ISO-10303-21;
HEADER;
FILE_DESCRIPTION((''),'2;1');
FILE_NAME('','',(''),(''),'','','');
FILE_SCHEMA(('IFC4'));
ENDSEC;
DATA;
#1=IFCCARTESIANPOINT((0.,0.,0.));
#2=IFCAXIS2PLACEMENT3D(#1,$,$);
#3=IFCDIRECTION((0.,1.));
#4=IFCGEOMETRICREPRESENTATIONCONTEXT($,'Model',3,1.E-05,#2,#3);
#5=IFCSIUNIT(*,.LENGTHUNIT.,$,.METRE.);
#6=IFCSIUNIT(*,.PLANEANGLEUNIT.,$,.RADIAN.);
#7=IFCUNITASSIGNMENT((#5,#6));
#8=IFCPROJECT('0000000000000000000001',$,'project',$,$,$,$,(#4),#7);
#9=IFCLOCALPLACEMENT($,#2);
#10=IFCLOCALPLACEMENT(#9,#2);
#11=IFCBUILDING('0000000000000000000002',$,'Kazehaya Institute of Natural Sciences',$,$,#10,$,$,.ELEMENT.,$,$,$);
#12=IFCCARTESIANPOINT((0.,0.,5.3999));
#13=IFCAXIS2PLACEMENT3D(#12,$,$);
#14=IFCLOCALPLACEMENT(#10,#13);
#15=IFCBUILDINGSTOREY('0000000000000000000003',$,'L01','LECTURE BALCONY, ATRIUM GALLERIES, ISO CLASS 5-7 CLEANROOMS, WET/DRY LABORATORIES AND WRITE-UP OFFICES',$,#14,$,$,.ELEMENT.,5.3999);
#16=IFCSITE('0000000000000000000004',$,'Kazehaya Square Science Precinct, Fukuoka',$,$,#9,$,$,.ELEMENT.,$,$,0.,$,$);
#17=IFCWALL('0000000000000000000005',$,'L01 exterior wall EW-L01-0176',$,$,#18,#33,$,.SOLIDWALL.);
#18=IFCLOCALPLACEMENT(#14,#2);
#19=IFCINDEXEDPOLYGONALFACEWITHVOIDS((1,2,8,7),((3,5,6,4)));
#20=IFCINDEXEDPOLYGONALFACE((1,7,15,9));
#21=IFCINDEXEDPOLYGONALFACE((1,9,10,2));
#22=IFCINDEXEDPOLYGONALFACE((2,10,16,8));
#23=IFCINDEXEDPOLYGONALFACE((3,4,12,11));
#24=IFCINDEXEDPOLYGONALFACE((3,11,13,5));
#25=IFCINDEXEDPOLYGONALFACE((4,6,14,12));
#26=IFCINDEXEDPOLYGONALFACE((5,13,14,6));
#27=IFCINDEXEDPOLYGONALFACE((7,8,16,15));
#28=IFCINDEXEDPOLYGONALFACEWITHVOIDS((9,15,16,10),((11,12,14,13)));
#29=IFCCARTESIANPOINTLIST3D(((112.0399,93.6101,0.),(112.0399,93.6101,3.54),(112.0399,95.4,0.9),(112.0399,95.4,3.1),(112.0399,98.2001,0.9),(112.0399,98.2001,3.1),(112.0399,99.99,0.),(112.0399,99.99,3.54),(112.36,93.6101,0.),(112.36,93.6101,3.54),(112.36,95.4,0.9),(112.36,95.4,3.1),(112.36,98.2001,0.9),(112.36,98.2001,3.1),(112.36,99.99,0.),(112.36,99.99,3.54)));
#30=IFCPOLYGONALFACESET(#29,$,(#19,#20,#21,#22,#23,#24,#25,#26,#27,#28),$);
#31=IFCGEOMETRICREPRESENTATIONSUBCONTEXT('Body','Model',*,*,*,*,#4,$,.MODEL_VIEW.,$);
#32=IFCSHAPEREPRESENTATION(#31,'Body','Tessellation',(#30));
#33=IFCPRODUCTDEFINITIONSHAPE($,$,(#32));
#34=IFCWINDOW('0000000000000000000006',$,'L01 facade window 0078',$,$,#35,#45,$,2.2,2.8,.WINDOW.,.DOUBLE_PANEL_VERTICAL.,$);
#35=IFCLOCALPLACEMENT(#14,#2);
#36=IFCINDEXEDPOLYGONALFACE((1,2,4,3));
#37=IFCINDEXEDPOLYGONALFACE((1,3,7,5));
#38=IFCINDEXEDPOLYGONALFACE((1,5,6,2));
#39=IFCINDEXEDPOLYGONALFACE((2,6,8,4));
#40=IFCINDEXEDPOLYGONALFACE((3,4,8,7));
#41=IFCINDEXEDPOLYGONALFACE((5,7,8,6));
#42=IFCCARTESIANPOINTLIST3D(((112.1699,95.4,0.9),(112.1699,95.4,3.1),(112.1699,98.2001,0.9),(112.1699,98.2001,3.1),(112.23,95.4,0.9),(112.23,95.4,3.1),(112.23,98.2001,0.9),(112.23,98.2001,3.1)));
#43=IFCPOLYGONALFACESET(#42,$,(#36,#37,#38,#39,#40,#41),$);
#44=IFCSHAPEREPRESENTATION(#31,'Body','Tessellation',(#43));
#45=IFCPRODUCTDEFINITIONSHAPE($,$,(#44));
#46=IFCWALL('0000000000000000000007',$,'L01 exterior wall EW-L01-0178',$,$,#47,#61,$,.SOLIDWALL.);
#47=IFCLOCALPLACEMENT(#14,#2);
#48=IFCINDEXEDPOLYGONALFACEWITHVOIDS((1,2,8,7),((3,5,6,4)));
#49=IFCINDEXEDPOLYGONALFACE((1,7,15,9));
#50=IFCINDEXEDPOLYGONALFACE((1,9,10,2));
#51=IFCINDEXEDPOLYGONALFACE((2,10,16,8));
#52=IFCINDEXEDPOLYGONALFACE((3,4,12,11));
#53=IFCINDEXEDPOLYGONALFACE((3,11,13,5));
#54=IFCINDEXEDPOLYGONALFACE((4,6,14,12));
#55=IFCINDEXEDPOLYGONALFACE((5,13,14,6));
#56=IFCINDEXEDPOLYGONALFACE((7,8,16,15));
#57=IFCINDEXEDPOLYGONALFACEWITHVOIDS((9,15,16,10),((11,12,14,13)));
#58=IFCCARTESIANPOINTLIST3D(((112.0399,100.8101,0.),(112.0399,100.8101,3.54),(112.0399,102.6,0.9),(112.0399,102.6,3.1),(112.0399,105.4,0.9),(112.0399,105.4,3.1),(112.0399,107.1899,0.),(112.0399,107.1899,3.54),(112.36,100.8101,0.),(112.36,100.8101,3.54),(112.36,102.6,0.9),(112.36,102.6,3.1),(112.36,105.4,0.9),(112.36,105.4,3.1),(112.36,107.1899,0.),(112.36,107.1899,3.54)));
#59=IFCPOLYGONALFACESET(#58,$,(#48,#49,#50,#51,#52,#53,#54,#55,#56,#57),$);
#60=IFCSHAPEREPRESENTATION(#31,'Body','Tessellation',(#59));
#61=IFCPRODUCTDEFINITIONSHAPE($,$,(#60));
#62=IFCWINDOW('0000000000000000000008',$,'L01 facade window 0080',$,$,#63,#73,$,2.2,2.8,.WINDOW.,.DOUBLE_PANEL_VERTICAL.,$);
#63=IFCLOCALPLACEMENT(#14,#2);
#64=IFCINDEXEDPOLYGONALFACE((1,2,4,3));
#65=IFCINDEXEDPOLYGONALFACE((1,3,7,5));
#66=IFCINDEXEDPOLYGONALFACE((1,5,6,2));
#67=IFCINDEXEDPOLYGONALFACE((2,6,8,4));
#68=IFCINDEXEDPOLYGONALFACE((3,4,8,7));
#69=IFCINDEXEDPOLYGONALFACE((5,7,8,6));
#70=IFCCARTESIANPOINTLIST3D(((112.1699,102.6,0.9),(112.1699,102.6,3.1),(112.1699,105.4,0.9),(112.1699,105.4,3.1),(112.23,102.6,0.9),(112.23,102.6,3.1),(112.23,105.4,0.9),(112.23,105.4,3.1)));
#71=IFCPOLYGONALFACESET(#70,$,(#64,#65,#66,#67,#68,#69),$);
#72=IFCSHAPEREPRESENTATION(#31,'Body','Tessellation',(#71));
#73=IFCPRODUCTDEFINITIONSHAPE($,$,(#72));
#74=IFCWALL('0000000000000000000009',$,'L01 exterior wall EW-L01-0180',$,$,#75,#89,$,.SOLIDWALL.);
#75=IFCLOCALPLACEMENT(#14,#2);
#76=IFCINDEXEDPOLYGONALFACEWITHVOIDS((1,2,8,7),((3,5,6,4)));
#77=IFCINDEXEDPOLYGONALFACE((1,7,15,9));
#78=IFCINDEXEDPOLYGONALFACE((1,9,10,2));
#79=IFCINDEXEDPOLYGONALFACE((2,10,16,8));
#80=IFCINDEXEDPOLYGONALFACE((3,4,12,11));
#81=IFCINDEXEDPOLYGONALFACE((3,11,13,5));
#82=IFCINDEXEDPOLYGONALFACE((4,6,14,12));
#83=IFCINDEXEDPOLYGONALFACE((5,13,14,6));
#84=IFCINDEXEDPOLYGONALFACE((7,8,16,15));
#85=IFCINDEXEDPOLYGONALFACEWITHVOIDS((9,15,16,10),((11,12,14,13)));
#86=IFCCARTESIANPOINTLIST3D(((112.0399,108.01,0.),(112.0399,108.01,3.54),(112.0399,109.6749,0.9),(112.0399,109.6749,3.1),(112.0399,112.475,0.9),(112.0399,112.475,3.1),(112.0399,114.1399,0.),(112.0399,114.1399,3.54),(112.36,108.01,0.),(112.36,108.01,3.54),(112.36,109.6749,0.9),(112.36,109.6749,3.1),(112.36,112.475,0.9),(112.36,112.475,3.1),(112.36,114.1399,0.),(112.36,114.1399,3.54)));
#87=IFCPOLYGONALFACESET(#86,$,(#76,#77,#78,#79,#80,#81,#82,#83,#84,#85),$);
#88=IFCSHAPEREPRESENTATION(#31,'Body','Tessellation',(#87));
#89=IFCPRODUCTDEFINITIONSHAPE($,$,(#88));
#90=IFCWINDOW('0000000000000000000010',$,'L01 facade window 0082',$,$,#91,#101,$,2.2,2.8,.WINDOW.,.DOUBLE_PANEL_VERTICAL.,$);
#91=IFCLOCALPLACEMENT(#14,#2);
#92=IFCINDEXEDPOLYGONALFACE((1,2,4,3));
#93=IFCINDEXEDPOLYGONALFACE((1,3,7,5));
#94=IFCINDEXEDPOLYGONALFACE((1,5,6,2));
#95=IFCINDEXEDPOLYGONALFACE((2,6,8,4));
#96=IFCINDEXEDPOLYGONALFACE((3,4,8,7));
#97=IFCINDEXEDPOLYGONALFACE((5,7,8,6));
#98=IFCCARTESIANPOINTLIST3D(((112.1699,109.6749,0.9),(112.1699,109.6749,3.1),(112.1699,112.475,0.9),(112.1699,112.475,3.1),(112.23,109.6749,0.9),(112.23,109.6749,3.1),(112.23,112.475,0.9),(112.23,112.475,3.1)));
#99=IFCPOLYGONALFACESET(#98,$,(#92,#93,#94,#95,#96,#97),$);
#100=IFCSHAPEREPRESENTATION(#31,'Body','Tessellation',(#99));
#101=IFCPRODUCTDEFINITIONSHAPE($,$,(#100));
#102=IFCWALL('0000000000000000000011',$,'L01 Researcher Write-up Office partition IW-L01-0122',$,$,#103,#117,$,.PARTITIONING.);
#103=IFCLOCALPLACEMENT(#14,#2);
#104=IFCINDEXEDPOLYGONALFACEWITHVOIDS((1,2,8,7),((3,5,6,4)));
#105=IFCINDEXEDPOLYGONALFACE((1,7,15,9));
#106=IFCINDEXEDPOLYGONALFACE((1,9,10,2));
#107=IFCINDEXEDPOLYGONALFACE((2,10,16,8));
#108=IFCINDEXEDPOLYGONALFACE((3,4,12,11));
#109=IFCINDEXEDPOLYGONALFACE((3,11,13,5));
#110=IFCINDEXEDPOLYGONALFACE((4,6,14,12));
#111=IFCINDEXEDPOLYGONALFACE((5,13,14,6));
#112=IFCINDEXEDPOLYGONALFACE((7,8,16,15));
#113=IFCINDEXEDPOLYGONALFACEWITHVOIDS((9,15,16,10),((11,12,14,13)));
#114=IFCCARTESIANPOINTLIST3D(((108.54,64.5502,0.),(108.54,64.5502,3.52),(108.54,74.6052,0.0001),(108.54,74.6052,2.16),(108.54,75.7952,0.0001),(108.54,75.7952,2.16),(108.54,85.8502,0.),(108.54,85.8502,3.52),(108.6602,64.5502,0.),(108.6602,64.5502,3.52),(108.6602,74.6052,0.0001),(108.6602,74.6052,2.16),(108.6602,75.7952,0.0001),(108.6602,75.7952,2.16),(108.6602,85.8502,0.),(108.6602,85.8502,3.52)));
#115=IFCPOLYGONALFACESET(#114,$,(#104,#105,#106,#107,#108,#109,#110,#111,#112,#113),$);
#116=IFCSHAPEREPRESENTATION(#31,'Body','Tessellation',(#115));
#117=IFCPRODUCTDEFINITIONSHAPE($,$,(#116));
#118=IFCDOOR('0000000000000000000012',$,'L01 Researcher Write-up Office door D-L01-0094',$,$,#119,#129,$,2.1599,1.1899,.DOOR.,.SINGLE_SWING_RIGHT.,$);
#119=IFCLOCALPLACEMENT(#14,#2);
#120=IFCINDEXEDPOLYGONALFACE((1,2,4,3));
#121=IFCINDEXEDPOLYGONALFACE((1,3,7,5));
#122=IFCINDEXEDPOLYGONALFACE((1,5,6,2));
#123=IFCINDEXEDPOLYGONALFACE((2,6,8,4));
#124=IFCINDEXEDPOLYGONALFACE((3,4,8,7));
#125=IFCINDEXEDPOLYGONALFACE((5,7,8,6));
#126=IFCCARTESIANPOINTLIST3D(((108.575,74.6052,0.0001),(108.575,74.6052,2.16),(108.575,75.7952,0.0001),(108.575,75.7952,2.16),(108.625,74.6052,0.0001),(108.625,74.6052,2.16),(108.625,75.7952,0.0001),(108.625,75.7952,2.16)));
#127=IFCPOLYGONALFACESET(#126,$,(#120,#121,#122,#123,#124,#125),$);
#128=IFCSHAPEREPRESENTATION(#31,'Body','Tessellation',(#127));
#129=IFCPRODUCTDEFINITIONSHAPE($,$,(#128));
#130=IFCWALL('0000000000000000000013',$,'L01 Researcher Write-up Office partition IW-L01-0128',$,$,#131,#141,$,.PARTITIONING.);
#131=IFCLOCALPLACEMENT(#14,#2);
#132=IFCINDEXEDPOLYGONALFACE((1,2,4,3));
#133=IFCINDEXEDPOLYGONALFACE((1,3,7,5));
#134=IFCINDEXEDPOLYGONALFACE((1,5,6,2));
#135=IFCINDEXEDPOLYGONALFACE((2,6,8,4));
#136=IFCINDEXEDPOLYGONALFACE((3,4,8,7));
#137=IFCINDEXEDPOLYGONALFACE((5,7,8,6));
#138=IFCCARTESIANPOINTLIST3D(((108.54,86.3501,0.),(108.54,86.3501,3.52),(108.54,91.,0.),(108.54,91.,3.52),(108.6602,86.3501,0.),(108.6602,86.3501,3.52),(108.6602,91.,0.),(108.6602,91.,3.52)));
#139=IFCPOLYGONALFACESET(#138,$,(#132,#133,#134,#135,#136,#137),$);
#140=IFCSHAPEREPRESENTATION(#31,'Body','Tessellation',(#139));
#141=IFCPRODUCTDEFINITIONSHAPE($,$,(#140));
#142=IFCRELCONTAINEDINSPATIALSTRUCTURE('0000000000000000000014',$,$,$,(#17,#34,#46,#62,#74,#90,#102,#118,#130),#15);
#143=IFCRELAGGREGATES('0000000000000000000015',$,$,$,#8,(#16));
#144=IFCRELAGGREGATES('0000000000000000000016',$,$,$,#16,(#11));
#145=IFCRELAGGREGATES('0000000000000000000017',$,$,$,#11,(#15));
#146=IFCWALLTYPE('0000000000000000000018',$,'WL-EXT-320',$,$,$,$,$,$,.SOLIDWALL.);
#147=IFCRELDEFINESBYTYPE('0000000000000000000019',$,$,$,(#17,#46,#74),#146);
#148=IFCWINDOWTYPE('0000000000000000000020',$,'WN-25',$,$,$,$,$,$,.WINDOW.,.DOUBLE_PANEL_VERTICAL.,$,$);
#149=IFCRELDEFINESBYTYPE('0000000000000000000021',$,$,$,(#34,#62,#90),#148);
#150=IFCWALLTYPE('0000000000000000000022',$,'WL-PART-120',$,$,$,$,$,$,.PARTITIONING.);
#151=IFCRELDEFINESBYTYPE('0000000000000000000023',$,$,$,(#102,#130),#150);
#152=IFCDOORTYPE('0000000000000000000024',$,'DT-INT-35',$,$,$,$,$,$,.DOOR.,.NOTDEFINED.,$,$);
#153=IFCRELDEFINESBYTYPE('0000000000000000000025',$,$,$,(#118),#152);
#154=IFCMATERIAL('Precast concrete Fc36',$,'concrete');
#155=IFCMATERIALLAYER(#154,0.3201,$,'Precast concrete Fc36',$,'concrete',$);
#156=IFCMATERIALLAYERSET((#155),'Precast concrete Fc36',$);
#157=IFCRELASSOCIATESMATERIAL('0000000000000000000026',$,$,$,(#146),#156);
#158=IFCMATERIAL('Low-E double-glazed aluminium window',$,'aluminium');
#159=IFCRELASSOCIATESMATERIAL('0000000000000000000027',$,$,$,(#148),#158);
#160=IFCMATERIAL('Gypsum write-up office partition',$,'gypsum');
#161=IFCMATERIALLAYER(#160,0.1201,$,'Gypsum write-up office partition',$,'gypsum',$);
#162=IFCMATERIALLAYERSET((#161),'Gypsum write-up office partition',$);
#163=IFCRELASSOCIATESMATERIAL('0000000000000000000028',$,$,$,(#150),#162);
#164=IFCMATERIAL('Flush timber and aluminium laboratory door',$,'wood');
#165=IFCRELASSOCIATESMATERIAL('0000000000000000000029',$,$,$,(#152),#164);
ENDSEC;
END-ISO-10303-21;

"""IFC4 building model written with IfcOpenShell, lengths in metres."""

from ifc_helpers import new_model, si_unit, direction, frame, frame_2d, origin, place, context, subcontext, project, spatial, rectangle, extrude, material, layer, layer_set, type_object, element, fill, save


model = new_model("IFC4")

# Units and contexts
model_context = context("Model", 3, precision=1e-05, world=origin(), true_north=direction((0.0, 1.0)))
body_context = subcontext(model_context, "Body", "Model", "MODEL_VIEW")
ifc_project = project(units=[si_unit("LENGTHUNIT", "METRE"), si_unit("PLANEANGLEUNIT", "RADIAN")], contexts=[model_context])

# Site, building, storey
site_placement = place(None, origin())
site = spatial("IfcSite", under=ifc_project, at=site_placement, Name="Kazehaya Square Science Precinct, Fukuoka", CompositionType="ELEMENT", RefElevation=0.0)
building_placement = place(site_placement, origin())
building = spatial("IfcBuilding", under=site, at=building_placement, Name="Kazehaya Institute of Natural Sciences", CompositionType="ELEMENT")
storey_placement = place(building_placement, frame((0.0, 0.0, 5.3999)))
storey = spatial("IfcBuildingStorey", under=building, at=storey_placement, Name="L01", Description="LECTURE BALCONY, ATRIUM GALLERIES, ISO CLASS 5-7 CLEANROOMS, WET/DRY LABORATORIES AND WRITE-UP OFFICES", CompositionType="ELEMENT", Elevation=5.3999)

# Walls, openings, windows
ifc_material_1 = material(Name="Precast concrete Fc36", Category="concrete")
ifc_layer_1 = layer(ifc_material_1, 0.3201, Name="Precast concrete Fc36", Category="concrete")
ifc_layer_set_1 = layer_set([ifc_layer_1], Name="Precast concrete Fc36")
wall_type_1 = type_object("IfcWallType", Name="WL-EXT-320", PredefinedType="SOLIDWALL", material=ifc_layer_set_1)
ifc_material_2 = material(Name="Low-E double-glazed aluminium window", Category="aluminium")
window_type_1 = type_object("IfcWindowType", Name="WN-25", PartitioningType="DOUBLE_PANEL_VERTICAL", PredefinedType="WINDOW", material=ifc_material_2)
wall_1_placement = place(storey_placement, frame((112.2, 99.99, 0.0), z_axis=(0.0, 0.0, 1.0), x_axis=(0.0, -1.0, 0.0)))
wall_1 = element("IfcWall", 1, at=wall_1_placement, inside=storey, type_object=wall_type_1, Name="L01 exterior wall EW-L01-0176", PredefinedType="SOLIDWALL", context=body_context, shape_type="SweptSolid", body=[
    extrude(rectangle(XDim=6.3799, YDim=0.3201, at=frame_2d((3.1899, 0.0))), origin(), (0.0, 0.0, 1.0), 3.54),
])
opening_1_placement = place(wall_1_placement, frame((1.79, 0.0, 0.8999)))
opening_1 = element("IfcOpeningElement", 2, at=opening_1_placement, cuts=wall_1, PredefinedType="OPENING", context=body_context, shape_type="SweptSolid", body=[
    extrude(rectangle(XDim=2.8, YDim=2.2, at=frame_2d((1.3999, 1.1001))), frame((0.0, 0.1699, 0.0), z_axis=(0.0, -1.0, 0.0), x_axis=(1.0, 0.0, 0.0)), (0.0, 0.0, 1.0), 0.3401),
])
window_1_placement = place(opening_1_placement, origin())
window_1 = element("IfcWindow", 3, at=window_1_placement, inside=storey, type_object=window_type_1, Name="L01 facade window 0078", OverallHeight=2.2, OverallWidth=2.8, PartitioningType="DOUBLE_PANEL_VERTICAL", PredefinedType="WINDOW", context=body_context, shape_type="SweptSolid", body=[
    extrude(rectangle(XDim=2.8, YDim=2.2, at=frame_2d((1.3999, 1.1001))), frame((0.0, 0.03, 0.0), z_axis=(0.0, -1.0, 0.0), x_axis=(1.0, 0.0, 0.0)), (0.0, 0.0, 1.0), 0.0601),
])
fill(opening_1, window_1)
wall_2_placement = place(storey_placement, frame((112.2, 107.1899, 0.0), z_axis=(0.0, 0.0, 1.0), x_axis=(0.0, -1.0, 0.0)))
wall_2 = element("IfcWall", 4, at=wall_2_placement, inside=storey, type_object=wall_type_1, Name="L01 exterior wall EW-L01-0178", PredefinedType="SOLIDWALL", context=body_context, shape_type="SweptSolid", body=[
    extrude(rectangle(XDim=6.3799, YDim=0.3201, at=frame_2d((3.1899, 0.0))), origin(), (0.0, 0.0, 1.0), 3.54),
])
opening_2_placement = place(wall_2_placement, frame((1.79, 0.0, 0.8999)))
opening_2 = element("IfcOpeningElement", 5, at=opening_2_placement, cuts=wall_2, PredefinedType="OPENING", context=body_context, shape_type="SweptSolid", body=[
    extrude(rectangle(XDim=2.8, YDim=2.2, at=frame_2d((1.3999, 1.1001))), frame((0.0, 0.1699, 0.0), z_axis=(0.0, -1.0, 0.0), x_axis=(1.0, 0.0, 0.0)), (0.0, 0.0, 1.0), 0.3401),
])
window_2_placement = place(opening_2_placement, origin())
window_2 = element("IfcWindow", 6, at=window_2_placement, inside=storey, type_object=window_type_1, Name="L01 facade window 0080", OverallHeight=2.2, OverallWidth=2.8, PartitioningType="DOUBLE_PANEL_VERTICAL", PredefinedType="WINDOW", context=body_context, shape_type="SweptSolid", body=[
    extrude(rectangle(XDim=2.8, YDim=2.2, at=frame_2d((1.3999, 1.1001))), frame((0.0, 0.03, 0.0), z_axis=(0.0, -1.0, 0.0), x_axis=(1.0, 0.0, 0.0)), (0.0, 0.0, 1.0), 0.0601),
])
fill(opening_2, window_2)
wall_3_placement = place(storey_placement, frame((112.2, 114.1399, 0.0), z_axis=(0.0, 0.0, 1.0), x_axis=(0.0, -1.0, 0.0)))
wall_3 = element("IfcWall", 7, at=wall_3_placement, inside=storey, type_object=wall_type_1, Name="L01 exterior wall EW-L01-0180", PredefinedType="SOLIDWALL", context=body_context, shape_type="SweptSolid", body=[
    extrude(rectangle(XDim=6.1299, YDim=0.3201, at=frame_2d((3.0649, 0.0))), origin(), (0.0, 0.0, 1.0), 3.54),
])
opening_3_placement = place(wall_3_placement, frame((1.665, 0.0, 0.8999)))
opening_3 = element("IfcOpeningElement", 8, at=opening_3_placement, cuts=wall_3, PredefinedType="OPENING", context=body_context, shape_type="SweptSolid", body=[
    extrude(rectangle(XDim=2.8, YDim=2.2, at=frame_2d((1.3999, 1.1001))), frame((0.0, 0.1699, 0.0), z_axis=(0.0, -1.0, 0.0), x_axis=(1.0, 0.0, 0.0)), (0.0, 0.0, 1.0), 0.3401),
])
window_3_placement = place(opening_3_placement, origin())
window_3 = element("IfcWindow", 9, at=window_3_placement, inside=storey, type_object=window_type_1, Name="L01 facade window 0082", OverallHeight=2.2, OverallWidth=2.8, PartitioningType="DOUBLE_PANEL_VERTICAL", PredefinedType="WINDOW", context=body_context, shape_type="SweptSolid", body=[
    extrude(rectangle(XDim=2.8, YDim=2.2, at=frame_2d((1.3999, 1.1001))), frame((0.0, 0.03, 0.0), z_axis=(0.0, -1.0, 0.0), x_axis=(1.0, 0.0, 0.0)), (0.0, 0.0, 1.0), 0.0601),
])
fill(opening_3, window_3)

# Wall, opening, door
ifc_material_3 = material(Name="Gypsum write-up office partition", Category="gypsum")
ifc_layer_2 = layer(ifc_material_3, 0.1201, Name="Gypsum write-up office partition", Category="gypsum")
ifc_layer_set_2 = layer_set([ifc_layer_2], Name="Gypsum write-up office partition")
wall_type_2 = type_object("IfcWallType", Name="WL-PART-120", PredefinedType="PARTITIONING", material=ifc_layer_set_2)
wall_4_placement = place(storey_placement, frame((108.6001, 85.8501, 0.0), z_axis=(0.0, 0.0, 1.0), x_axis=(0.0, -1.0, 0.0)))
wall_4 = element("IfcWall", 10, at=wall_4_placement, inside=storey, type_object=wall_type_2, Name="L01 Researcher Write-up Office partition IW-L01-0122", PredefinedType="PARTITIONING", context=body_context, shape_type="SweptSolid", body=[
    extrude(rectangle(XDim=21.3, YDim=0.1201, at=frame_2d((10.6499, 0.0))), origin(), (0.0, 0.0, 1.0), 3.52),
])
opening_4_placement = place(wall_4_placement, frame((10.0549, 0.0, 0.0)))
opening_4 = element("IfcOpeningElement", 11, at=opening_4_placement, cuts=wall_4, PredefinedType="OPENING", context=body_context, shape_type="SweptSolid", body=[
    extrude(rectangle(XDim=1.1899, YDim=2.1599, at=frame_2d((0.595, 1.0801))), frame((0.0, 0.0701, 0.0), z_axis=(0.0, -1.0, 0.0), x_axis=(1.0, 0.0, 0.0)), (0.0, 0.0, 1.0), 0.1401),
])
ifc_material_4 = material(Name="Flush timber and aluminium laboratory door", Category="wood")
door_type_1 = type_object("IfcDoorType", Name="DT-INT-35", OperationType="NOTDEFINED", PredefinedType="DOOR", material=ifc_material_4)
door_1_placement = place(opening_4_placement, origin())
door_1 = element("IfcDoor", 12, at=door_1_placement, inside=storey, type_object=door_type_1, Name="L01 Researcher Write-up Office door D-L01-0094", OperationType="SINGLE_SWING_RIGHT", OverallHeight=2.1599, OverallWidth=1.1899, PredefinedType="DOOR", context=body_context, shape_type="SweptSolid", body=[
    extrude(rectangle(XDim=1.1899, YDim=2.1599, at=frame_2d((0.595, 1.0801))), frame((0.0, 0.0249, 0.0), z_axis=(0.0, -1.0, 0.0), x_axis=(1.0, 0.0, 0.0)), (0.0, 0.0, 1.0), 0.05),
])
fill(opening_4, door_1)

# Wall
wall_5_placement = place(storey_placement, frame((108.6001, 91.0, 0.0), z_axis=(0.0, 0.0, 1.0), x_axis=(0.0, -1.0, 0.0)))
element("IfcWall", 13, at=wall_5_placement, inside=storey, type_object=wall_type_2, Name="L01 Researcher Write-up Office partition IW-L01-0128", PredefinedType="PARTITIONING", context=body_context, shape_type="SweptSolid", body=[
    extrude(rectangle(XDim=4.6499, YDim=0.1201, at=frame_2d((2.325, 0.0))), origin(), (0.0, 0.0, 1.0), 3.52),
])

save(model, "model.ifc")
